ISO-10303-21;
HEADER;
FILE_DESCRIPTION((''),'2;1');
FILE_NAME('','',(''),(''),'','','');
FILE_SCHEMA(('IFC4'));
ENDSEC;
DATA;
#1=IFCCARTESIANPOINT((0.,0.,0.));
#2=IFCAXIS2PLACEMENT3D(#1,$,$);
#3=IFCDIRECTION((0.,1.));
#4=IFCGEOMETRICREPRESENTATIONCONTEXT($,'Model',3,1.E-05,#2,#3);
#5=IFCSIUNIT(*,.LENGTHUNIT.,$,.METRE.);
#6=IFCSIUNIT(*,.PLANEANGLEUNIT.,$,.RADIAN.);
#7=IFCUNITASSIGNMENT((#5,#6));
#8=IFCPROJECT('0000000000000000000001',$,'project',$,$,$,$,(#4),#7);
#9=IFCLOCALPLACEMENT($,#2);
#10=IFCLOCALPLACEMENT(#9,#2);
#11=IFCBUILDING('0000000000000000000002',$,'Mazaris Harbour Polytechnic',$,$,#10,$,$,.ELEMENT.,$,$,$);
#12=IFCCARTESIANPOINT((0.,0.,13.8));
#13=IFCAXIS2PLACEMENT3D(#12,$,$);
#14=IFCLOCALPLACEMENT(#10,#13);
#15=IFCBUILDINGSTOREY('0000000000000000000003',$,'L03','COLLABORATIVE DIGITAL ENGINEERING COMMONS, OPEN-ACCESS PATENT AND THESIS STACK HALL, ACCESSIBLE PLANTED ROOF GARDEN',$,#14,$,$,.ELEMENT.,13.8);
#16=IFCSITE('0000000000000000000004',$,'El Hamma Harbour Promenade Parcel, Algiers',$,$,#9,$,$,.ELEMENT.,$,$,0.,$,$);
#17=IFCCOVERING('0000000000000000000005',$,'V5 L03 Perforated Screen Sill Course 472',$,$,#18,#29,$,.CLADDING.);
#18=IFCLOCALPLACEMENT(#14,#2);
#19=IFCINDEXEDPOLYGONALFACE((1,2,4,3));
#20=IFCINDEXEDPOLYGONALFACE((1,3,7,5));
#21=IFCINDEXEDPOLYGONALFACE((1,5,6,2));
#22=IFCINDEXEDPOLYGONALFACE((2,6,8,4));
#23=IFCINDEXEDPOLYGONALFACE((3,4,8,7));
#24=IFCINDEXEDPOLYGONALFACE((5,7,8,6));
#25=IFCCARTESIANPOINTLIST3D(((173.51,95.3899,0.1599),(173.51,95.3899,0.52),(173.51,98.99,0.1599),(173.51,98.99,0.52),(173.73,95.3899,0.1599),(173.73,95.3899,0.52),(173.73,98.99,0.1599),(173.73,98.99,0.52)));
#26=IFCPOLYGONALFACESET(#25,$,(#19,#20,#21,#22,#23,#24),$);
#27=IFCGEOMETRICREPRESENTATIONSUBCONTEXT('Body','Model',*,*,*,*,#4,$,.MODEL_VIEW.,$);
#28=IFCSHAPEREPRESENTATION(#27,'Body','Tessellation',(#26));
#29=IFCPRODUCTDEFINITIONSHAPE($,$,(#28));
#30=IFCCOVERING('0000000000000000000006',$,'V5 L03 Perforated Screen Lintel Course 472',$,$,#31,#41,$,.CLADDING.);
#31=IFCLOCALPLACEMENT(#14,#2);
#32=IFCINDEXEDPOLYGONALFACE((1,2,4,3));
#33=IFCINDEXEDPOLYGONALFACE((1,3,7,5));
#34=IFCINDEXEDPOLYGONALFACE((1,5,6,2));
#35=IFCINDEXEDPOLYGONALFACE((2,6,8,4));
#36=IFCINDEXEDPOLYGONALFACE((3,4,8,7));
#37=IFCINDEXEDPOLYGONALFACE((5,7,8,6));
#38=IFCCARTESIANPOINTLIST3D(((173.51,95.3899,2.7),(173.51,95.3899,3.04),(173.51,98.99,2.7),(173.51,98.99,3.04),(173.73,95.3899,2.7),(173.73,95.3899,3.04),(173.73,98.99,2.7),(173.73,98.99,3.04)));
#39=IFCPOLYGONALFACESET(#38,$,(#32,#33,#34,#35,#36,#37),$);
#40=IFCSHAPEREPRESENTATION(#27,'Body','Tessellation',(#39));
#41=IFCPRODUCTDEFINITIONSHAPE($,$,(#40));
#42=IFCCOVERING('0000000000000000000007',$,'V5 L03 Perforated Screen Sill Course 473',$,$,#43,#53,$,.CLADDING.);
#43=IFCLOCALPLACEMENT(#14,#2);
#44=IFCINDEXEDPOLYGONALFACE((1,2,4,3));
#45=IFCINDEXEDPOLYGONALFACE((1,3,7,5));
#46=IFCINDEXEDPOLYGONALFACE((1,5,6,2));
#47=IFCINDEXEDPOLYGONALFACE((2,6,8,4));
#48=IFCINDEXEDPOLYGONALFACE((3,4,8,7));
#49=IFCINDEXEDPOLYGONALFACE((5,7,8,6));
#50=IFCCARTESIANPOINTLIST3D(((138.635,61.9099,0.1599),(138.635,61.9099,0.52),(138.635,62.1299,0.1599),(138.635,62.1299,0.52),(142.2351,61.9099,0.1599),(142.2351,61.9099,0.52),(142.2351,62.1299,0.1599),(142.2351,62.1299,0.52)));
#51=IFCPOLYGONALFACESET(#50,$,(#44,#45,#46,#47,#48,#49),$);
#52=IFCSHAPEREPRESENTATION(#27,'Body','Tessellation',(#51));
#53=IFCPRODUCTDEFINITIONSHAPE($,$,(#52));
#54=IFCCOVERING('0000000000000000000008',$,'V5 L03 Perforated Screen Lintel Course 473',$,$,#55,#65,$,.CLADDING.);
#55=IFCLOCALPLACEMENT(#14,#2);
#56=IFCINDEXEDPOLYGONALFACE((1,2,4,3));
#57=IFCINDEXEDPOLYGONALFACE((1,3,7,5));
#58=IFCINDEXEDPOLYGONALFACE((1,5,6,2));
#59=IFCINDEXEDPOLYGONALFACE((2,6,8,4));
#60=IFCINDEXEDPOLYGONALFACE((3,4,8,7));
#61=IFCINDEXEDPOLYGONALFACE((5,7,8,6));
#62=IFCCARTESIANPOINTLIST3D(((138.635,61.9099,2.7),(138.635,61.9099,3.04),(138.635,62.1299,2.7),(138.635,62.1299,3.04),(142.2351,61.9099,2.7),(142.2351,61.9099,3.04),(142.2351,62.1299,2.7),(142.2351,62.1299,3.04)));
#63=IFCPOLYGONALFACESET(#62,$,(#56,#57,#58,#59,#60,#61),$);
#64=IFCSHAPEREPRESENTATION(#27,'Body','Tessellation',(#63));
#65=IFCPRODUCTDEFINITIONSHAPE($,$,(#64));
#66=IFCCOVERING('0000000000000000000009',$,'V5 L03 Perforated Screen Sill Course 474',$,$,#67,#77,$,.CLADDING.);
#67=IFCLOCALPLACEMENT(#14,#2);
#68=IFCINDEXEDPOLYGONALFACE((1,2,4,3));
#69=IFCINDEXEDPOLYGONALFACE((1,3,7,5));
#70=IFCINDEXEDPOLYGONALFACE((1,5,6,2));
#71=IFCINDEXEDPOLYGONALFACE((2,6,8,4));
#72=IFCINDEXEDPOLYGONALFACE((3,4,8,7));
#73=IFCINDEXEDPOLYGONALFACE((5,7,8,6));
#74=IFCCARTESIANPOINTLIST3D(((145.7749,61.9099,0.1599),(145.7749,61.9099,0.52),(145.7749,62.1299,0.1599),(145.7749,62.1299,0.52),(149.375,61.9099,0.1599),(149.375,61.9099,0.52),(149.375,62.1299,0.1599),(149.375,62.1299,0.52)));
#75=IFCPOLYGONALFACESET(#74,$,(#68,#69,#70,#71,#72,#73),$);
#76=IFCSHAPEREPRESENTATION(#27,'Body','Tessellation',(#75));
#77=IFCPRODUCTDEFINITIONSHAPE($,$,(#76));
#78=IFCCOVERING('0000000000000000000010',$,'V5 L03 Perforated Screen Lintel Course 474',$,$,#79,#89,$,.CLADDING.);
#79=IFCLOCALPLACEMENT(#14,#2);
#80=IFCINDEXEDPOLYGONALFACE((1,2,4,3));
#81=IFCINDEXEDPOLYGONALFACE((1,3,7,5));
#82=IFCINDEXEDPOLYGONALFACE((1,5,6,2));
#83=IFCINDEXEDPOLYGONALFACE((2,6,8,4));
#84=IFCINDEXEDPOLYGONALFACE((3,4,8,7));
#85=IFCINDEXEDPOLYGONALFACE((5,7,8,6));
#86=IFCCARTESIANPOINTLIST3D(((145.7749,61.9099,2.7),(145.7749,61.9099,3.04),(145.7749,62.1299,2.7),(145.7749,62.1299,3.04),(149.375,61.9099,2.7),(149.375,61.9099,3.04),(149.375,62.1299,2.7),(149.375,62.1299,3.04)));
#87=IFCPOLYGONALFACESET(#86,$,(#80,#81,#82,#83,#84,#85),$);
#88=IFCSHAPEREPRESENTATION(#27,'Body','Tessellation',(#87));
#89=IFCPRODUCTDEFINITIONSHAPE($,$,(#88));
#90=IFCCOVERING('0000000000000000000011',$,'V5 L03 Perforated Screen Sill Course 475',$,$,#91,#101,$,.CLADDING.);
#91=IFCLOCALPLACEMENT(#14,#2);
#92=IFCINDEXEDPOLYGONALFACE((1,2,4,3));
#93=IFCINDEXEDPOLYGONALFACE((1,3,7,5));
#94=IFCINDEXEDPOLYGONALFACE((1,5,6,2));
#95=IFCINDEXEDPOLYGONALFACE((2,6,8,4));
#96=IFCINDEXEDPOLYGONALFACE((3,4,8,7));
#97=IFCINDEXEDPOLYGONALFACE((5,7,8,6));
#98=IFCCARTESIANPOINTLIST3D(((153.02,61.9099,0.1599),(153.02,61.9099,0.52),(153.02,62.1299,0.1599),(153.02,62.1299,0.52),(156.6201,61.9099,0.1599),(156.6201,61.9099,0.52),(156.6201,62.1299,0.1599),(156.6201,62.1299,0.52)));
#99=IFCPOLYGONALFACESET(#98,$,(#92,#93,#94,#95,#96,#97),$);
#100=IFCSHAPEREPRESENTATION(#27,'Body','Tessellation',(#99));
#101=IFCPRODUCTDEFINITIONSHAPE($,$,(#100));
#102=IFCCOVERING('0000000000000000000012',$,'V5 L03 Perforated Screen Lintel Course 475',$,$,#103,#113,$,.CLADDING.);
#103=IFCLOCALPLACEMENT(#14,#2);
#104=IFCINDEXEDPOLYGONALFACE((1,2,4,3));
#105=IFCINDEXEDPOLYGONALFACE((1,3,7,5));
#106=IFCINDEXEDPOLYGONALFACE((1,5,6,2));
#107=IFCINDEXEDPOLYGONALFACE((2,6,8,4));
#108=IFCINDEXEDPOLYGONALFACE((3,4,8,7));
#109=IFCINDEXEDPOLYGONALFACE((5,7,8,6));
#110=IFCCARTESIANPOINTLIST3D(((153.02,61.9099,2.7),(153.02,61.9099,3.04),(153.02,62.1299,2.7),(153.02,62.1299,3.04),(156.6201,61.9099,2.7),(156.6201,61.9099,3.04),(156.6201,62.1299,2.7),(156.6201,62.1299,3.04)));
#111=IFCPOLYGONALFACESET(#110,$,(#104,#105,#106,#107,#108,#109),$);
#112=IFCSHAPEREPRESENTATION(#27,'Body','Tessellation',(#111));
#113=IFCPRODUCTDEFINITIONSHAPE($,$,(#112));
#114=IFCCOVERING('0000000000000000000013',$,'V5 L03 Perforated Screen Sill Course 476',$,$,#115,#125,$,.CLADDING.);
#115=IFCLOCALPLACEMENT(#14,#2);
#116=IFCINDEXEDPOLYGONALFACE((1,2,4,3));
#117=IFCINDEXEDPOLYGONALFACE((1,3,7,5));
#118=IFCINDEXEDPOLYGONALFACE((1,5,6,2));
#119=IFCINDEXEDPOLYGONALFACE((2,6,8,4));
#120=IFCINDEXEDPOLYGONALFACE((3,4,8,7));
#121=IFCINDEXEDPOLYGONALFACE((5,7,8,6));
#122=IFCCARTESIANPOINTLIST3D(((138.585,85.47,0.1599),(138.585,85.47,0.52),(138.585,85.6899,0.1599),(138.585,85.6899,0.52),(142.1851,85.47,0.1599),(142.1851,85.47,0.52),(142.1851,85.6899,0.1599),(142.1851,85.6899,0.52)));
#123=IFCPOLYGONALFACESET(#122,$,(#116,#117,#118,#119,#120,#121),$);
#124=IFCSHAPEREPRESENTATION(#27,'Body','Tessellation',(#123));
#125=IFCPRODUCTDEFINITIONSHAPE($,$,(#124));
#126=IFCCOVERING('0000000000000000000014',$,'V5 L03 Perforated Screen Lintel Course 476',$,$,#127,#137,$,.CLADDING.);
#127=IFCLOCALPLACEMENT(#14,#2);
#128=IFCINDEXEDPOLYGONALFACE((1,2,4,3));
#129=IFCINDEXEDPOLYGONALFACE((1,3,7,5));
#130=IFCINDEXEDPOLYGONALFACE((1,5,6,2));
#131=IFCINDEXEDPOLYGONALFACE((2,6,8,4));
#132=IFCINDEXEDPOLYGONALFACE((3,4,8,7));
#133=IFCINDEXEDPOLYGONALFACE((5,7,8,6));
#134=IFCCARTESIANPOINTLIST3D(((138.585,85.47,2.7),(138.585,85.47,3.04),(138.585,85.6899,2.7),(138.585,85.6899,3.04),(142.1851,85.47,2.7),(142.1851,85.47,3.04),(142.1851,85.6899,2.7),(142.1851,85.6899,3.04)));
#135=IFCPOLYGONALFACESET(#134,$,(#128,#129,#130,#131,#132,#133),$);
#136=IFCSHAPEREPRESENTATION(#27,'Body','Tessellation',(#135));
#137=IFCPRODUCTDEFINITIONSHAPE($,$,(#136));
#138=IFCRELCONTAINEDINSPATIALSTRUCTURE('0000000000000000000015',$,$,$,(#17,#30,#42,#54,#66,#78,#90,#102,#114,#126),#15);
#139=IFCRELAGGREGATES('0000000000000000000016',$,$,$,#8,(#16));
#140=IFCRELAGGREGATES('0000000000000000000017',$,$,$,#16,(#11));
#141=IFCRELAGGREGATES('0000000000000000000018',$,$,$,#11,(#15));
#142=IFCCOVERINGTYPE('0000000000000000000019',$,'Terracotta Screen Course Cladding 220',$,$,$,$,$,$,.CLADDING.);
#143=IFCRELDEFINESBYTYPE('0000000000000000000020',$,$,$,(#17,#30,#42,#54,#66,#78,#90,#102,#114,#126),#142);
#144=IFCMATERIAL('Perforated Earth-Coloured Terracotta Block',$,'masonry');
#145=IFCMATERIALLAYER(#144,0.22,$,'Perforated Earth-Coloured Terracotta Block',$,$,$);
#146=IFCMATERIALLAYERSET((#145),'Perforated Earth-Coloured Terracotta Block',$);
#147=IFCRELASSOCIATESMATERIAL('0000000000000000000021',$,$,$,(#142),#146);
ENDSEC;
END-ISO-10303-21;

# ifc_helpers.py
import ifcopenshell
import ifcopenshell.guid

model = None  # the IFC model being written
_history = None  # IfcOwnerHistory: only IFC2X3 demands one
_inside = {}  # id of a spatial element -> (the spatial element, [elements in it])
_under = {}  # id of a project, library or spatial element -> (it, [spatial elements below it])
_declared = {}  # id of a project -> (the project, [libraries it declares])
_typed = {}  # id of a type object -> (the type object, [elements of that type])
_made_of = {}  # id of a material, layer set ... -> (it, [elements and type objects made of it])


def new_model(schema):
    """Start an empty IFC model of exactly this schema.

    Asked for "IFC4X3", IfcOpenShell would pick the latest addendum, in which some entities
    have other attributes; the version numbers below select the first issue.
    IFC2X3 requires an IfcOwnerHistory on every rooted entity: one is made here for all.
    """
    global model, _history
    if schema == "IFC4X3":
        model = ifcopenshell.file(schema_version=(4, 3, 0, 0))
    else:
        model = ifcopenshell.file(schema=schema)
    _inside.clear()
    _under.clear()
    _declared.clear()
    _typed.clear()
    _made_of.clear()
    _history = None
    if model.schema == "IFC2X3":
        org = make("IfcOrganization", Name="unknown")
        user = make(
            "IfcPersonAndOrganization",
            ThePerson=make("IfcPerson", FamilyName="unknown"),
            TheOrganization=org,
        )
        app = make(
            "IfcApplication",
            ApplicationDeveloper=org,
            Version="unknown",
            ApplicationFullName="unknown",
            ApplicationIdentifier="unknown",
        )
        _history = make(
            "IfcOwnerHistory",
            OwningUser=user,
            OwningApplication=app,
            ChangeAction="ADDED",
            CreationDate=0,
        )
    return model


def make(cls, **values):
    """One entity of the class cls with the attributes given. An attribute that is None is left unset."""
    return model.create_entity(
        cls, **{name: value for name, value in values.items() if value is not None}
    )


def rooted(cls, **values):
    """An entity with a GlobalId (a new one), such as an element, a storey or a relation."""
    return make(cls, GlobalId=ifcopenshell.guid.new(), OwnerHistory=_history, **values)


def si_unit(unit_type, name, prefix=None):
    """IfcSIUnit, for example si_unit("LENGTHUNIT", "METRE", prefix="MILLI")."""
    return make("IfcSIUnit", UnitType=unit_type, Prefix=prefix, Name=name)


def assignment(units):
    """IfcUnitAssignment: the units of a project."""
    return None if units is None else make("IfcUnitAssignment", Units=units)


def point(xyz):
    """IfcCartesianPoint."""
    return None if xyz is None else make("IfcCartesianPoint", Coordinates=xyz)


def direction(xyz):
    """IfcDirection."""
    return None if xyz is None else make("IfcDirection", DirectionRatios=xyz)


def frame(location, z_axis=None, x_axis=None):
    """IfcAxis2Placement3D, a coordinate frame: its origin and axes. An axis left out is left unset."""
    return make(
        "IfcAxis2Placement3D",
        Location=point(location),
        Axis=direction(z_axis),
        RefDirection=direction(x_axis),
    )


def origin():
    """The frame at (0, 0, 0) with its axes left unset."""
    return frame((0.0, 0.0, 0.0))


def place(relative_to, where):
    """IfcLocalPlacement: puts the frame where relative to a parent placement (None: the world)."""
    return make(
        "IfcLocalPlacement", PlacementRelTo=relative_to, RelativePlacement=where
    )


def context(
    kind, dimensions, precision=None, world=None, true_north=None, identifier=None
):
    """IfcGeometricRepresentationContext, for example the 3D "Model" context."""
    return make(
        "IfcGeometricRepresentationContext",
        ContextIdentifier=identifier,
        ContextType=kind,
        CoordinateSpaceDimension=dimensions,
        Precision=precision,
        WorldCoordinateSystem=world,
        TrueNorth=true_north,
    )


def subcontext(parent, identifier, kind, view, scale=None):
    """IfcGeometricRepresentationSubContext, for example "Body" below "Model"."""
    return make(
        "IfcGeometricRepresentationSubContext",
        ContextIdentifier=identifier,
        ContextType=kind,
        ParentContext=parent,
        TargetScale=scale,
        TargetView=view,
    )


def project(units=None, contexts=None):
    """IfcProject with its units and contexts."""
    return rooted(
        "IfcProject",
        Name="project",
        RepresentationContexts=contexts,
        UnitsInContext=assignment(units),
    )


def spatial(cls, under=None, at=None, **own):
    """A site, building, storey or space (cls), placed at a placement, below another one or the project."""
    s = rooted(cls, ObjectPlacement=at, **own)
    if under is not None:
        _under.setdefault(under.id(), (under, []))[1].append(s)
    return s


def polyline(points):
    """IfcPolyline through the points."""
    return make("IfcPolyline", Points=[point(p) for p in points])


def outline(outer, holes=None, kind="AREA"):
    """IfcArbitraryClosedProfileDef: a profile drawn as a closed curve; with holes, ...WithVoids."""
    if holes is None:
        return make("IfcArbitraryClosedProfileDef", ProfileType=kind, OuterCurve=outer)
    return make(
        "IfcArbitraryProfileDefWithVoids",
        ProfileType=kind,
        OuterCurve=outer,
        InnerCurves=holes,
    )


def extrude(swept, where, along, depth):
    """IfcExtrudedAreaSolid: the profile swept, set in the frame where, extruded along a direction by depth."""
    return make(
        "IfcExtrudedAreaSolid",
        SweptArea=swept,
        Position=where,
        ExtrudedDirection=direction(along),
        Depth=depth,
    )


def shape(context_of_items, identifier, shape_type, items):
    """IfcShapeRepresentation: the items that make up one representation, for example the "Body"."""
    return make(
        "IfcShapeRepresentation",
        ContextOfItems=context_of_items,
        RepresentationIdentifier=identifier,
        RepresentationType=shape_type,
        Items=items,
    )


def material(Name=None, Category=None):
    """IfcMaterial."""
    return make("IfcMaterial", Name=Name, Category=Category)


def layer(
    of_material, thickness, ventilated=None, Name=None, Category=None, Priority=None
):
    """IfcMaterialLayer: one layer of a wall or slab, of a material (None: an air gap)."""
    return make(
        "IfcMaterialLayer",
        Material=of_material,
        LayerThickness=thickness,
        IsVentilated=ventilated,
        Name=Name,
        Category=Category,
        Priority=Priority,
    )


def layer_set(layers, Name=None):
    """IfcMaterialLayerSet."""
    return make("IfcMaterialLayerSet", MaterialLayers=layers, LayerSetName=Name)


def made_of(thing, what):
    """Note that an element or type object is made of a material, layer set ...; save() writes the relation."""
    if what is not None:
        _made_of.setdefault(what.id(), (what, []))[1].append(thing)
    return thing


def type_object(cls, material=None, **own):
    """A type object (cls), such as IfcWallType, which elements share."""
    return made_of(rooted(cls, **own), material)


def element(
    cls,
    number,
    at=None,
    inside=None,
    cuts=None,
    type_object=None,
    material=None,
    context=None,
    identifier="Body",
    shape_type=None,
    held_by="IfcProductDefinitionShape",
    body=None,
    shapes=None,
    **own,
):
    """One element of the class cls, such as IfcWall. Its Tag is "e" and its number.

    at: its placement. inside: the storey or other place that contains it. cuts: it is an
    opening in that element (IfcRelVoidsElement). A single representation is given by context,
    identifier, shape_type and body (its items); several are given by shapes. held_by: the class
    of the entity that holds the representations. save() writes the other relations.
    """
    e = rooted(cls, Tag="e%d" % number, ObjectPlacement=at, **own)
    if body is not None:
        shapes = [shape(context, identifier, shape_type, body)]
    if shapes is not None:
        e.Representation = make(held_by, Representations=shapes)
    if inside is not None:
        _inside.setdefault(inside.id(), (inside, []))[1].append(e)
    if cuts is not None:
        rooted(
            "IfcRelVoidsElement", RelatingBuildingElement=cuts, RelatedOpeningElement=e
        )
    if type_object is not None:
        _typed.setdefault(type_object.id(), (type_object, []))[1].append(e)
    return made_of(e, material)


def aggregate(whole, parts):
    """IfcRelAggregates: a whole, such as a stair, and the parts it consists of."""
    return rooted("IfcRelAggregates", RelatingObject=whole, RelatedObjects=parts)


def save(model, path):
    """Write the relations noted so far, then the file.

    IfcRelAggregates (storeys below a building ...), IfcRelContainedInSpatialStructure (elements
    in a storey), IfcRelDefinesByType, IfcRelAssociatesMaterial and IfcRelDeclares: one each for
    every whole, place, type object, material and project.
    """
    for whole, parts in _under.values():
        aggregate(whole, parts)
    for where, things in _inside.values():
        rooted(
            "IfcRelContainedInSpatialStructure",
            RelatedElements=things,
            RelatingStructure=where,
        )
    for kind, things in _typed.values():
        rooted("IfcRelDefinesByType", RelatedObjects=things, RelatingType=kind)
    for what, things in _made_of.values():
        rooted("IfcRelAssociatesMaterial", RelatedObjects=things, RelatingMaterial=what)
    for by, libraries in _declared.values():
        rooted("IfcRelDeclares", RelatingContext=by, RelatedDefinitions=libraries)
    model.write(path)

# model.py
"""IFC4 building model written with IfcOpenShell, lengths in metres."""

from ifc_helpers import new_model, si_unit, direction, frame, origin, place, context, subcontext, project, spatial, polyline, outline, extrude, material, layer, layer_set, type_object, element, save


model = new_model("IFC4")

# Units and contexts
model_context = context("Model", 3, precision=1e-05, world=origin(), true_north=direction((0.0, 1.0)))
body_context = subcontext(model_context, "Body", "Model", "MODEL_VIEW")
ifc_project = project(units=[si_unit("LENGTHUNIT", "METRE"), si_unit("PLANEANGLEUNIT", "RADIAN")], contexts=[model_context])

# Site, building, storey
site_placement = place(None, origin())
site = spatial("IfcSite", under=ifc_project, at=site_placement, Name="El Hamma Harbour Promenade Parcel, Algiers", CompositionType="ELEMENT", RefElevation=0.0)
building_placement = place(site_placement, origin())
building = spatial("IfcBuilding", under=site, at=building_placement, Name="Mazaris Harbour Polytechnic", CompositionType="ELEMENT")
storey_placement = place(building_placement, frame((0.0, 0.0, 13.8)))
storey = spatial("IfcBuildingStorey", under=building, at=storey_placement, Name="L03", Description="COLLABORATIVE DIGITAL ENGINEERING COMMONS, OPEN-ACCESS PATENT AND THESIS STACK HALL, ACCESSIBLE PLANTED ROOF GARDEN", CompositionType="ELEMENT", Elevation=13.8)

# Coverings
ifc_material = material(Name="Perforated Earth-Coloured Terracotta Block", Category="masonry")
ifc_layer = layer(ifc_material, 0.22, Name="Perforated Earth-Coloured Terracotta Block")
ifc_layer_set = layer_set([ifc_layer], Name="Perforated Earth-Coloured Terracotta Block")
covering_type = type_object("IfcCoveringType", Name="Terracotta Screen Course Cladding 220", PredefinedType="CLADDING", material=ifc_layer_set)
covering_1_placement = place(storey_placement, frame((0.0, 0.0, 0.1599)))
element("IfcCovering", 1, at=covering_1_placement, inside=storey, type_object=covering_type, Name="V5 L03 Perforated Screen Sill Course 472", PredefinedType="CLADDING", context=body_context, shape_type="SweptSolid", body=[
    extrude(outline(polyline([(173.51, 98.99), (173.51, 95.3899), (173.73, 95.3899), (173.73, 98.99), (173.51, 98.99)])), origin(), (0.0, 0.0, 1.0), 0.3601),
])
covering_2_placement = place(storey_placement, frame((0.0, 0.0, 2.7)))
element("IfcCovering", 2, at=covering_2_placement, inside=storey, type_object=covering_type, Name="V5 L03 Perforated Screen Lintel Course 472", PredefinedType="CLADDING", context=body_context, shape_type="SweptSolid", body=[
    extrude(outline(polyline([(173.51, 98.99), (173.51, 95.3899), (173.73, 95.3899), (173.73, 98.99), (173.51, 98.99)])), origin(), (0.0, 0.0, 1.0), 0.3401),
])
covering_3_placement = place(storey_placement, frame((0.0, 0.0, 0.1599)))
element("IfcCovering", 3, at=covering_3_placement, inside=storey, type_object=covering_type, Name="V5 L03 Perforated Screen Sill Course 473", PredefinedType="CLADDING", context=body_context, shape_type="SweptSolid", body=[
    extrude(outline(polyline([(138.635, 61.9099), (142.2351, 61.9099), (142.2351, 62.1299), (138.635, 62.1299), (138.635, 61.9099)])), origin(), (0.0, 0.0, 1.0), 0.3601),
])
covering_4_placement = place(storey_placement, frame((0.0, 0.0, 2.7)))
element("IfcCovering", 4, at=covering_4_placement, inside=storey, type_object=covering_type, Name="V5 L03 Perforated Screen Lintel Course 473", PredefinedType="CLADDING", context=body_context, shape_type="SweptSolid", body=[
    extrude(outline(polyline([(138.635, 61.9099), (142.2351, 61.9099), (142.2351, 62.1299), (138.635, 62.1299), (138.635, 61.9099)])), origin(), (0.0, 0.0, 1.0), 0.3401),
])
covering_5_placement = place(storey_placement, frame((0.0, 0.0, 0.1599)))
element("IfcCovering", 5, at=covering_5_placement, inside=storey, type_object=covering_type, Name="V5 L03 Perforated Screen Sill Course 474", PredefinedType="CLADDING", context=body_context, shape_type="SweptSolid", body=[
    extrude(outline(polyline([(145.7749, 61.9099), (149.375, 61.9099), (149.375, 62.1299), (145.7749, 62.1299), (145.7749, 61.9099)])), origin(), (0.0, 0.0, 1.0), 0.3601),
])
covering_6_placement = place(storey_placement, frame((0.0, 0.0, 2.7)))
element("IfcCovering", 6, at=covering_6_placement, inside=storey, type_object=covering_type, Name="V5 L03 Perforated Screen Lintel Course 474", PredefinedType="CLADDING", context=body_context, shape_type="SweptSolid", body=[
    extrude(outline(polyline([(145.7749, 61.9099), (149.375, 61.9099), (149.375, 62.1299), (145.7749, 62.1299), (145.7749, 61.9099)])), origin(), (0.0, 0.0, 1.0), 0.3401),
])
covering_7_placement = place(storey_placement, frame((0.0, 0.0, 0.1599)))
element("IfcCovering", 7, at=covering_7_placement, inside=storey, type_object=covering_type, Name="V5 L03 Perforated Screen Sill Course 475", PredefinedType="CLADDING", context=body_context, shape_type="SweptSolid", body=[
    extrude(outline(polyline([(153.02, 61.9099), (156.6201, 61.9099), (156.6201, 62.1299), (153.02, 62.1299), (153.02, 61.9099)])), origin(), (0.0, 0.0, 1.0), 0.3601),
])
covering_8_placement = place(storey_placement, frame((0.0, 0.0, 2.7)))
element("IfcCovering", 8, at=covering_8_placement, inside=storey, type_object=covering_type, Name="V5 L03 Perforated Screen Lintel Course 475", PredefinedType="CLADDING", context=body_context, shape_type="SweptSolid", body=[
    extrude(outline(polyline([(153.02, 61.9099), (156.6201, 61.9099), (156.6201, 62.1299), (153.02, 62.1299), (153.02, 61.9099)])), origin(), (0.0, 0.0, 1.0), 0.3401),
])
covering_9_placement = place(storey_placement, frame((0.0, 0.0, 0.1599)))
element("IfcCovering", 9, at=covering_9_placement, inside=storey, type_object=covering_type, Name="V5 L03 Perforated Screen Sill Course 476", PredefinedType="CLADDING", context=body_context, shape_type="SweptSolid", body=[
    extrude(outline(polyline([(142.1851, 85.6899), (138.585, 85.6899), (138.585, 85.47), (142.1851, 85.47), (142.1851, 85.6899)])), origin(), (0.0, 0.0, 1.0), 0.3601),
])
covering_10_placement = place(storey_placement, frame((0.0, 0.0, 2.7)))
element("IfcCovering", 10, at=covering_10_placement, inside=storey, type_object=covering_type, Name="V5 L03 Perforated Screen Lintel Course 476", PredefinedType="CLADDING", context=body_context, shape_type="SweptSolid", body=[
    extrude(outline(polyline([(142.1851, 85.6899), (138.585, 85.6899), (138.585, 85.47), (142.1851, 85.47), (142.1851, 85.6899)])), origin(), (0.0, 0.0, 1.0), 0.3401),
])

save(model, "model.ifc")
